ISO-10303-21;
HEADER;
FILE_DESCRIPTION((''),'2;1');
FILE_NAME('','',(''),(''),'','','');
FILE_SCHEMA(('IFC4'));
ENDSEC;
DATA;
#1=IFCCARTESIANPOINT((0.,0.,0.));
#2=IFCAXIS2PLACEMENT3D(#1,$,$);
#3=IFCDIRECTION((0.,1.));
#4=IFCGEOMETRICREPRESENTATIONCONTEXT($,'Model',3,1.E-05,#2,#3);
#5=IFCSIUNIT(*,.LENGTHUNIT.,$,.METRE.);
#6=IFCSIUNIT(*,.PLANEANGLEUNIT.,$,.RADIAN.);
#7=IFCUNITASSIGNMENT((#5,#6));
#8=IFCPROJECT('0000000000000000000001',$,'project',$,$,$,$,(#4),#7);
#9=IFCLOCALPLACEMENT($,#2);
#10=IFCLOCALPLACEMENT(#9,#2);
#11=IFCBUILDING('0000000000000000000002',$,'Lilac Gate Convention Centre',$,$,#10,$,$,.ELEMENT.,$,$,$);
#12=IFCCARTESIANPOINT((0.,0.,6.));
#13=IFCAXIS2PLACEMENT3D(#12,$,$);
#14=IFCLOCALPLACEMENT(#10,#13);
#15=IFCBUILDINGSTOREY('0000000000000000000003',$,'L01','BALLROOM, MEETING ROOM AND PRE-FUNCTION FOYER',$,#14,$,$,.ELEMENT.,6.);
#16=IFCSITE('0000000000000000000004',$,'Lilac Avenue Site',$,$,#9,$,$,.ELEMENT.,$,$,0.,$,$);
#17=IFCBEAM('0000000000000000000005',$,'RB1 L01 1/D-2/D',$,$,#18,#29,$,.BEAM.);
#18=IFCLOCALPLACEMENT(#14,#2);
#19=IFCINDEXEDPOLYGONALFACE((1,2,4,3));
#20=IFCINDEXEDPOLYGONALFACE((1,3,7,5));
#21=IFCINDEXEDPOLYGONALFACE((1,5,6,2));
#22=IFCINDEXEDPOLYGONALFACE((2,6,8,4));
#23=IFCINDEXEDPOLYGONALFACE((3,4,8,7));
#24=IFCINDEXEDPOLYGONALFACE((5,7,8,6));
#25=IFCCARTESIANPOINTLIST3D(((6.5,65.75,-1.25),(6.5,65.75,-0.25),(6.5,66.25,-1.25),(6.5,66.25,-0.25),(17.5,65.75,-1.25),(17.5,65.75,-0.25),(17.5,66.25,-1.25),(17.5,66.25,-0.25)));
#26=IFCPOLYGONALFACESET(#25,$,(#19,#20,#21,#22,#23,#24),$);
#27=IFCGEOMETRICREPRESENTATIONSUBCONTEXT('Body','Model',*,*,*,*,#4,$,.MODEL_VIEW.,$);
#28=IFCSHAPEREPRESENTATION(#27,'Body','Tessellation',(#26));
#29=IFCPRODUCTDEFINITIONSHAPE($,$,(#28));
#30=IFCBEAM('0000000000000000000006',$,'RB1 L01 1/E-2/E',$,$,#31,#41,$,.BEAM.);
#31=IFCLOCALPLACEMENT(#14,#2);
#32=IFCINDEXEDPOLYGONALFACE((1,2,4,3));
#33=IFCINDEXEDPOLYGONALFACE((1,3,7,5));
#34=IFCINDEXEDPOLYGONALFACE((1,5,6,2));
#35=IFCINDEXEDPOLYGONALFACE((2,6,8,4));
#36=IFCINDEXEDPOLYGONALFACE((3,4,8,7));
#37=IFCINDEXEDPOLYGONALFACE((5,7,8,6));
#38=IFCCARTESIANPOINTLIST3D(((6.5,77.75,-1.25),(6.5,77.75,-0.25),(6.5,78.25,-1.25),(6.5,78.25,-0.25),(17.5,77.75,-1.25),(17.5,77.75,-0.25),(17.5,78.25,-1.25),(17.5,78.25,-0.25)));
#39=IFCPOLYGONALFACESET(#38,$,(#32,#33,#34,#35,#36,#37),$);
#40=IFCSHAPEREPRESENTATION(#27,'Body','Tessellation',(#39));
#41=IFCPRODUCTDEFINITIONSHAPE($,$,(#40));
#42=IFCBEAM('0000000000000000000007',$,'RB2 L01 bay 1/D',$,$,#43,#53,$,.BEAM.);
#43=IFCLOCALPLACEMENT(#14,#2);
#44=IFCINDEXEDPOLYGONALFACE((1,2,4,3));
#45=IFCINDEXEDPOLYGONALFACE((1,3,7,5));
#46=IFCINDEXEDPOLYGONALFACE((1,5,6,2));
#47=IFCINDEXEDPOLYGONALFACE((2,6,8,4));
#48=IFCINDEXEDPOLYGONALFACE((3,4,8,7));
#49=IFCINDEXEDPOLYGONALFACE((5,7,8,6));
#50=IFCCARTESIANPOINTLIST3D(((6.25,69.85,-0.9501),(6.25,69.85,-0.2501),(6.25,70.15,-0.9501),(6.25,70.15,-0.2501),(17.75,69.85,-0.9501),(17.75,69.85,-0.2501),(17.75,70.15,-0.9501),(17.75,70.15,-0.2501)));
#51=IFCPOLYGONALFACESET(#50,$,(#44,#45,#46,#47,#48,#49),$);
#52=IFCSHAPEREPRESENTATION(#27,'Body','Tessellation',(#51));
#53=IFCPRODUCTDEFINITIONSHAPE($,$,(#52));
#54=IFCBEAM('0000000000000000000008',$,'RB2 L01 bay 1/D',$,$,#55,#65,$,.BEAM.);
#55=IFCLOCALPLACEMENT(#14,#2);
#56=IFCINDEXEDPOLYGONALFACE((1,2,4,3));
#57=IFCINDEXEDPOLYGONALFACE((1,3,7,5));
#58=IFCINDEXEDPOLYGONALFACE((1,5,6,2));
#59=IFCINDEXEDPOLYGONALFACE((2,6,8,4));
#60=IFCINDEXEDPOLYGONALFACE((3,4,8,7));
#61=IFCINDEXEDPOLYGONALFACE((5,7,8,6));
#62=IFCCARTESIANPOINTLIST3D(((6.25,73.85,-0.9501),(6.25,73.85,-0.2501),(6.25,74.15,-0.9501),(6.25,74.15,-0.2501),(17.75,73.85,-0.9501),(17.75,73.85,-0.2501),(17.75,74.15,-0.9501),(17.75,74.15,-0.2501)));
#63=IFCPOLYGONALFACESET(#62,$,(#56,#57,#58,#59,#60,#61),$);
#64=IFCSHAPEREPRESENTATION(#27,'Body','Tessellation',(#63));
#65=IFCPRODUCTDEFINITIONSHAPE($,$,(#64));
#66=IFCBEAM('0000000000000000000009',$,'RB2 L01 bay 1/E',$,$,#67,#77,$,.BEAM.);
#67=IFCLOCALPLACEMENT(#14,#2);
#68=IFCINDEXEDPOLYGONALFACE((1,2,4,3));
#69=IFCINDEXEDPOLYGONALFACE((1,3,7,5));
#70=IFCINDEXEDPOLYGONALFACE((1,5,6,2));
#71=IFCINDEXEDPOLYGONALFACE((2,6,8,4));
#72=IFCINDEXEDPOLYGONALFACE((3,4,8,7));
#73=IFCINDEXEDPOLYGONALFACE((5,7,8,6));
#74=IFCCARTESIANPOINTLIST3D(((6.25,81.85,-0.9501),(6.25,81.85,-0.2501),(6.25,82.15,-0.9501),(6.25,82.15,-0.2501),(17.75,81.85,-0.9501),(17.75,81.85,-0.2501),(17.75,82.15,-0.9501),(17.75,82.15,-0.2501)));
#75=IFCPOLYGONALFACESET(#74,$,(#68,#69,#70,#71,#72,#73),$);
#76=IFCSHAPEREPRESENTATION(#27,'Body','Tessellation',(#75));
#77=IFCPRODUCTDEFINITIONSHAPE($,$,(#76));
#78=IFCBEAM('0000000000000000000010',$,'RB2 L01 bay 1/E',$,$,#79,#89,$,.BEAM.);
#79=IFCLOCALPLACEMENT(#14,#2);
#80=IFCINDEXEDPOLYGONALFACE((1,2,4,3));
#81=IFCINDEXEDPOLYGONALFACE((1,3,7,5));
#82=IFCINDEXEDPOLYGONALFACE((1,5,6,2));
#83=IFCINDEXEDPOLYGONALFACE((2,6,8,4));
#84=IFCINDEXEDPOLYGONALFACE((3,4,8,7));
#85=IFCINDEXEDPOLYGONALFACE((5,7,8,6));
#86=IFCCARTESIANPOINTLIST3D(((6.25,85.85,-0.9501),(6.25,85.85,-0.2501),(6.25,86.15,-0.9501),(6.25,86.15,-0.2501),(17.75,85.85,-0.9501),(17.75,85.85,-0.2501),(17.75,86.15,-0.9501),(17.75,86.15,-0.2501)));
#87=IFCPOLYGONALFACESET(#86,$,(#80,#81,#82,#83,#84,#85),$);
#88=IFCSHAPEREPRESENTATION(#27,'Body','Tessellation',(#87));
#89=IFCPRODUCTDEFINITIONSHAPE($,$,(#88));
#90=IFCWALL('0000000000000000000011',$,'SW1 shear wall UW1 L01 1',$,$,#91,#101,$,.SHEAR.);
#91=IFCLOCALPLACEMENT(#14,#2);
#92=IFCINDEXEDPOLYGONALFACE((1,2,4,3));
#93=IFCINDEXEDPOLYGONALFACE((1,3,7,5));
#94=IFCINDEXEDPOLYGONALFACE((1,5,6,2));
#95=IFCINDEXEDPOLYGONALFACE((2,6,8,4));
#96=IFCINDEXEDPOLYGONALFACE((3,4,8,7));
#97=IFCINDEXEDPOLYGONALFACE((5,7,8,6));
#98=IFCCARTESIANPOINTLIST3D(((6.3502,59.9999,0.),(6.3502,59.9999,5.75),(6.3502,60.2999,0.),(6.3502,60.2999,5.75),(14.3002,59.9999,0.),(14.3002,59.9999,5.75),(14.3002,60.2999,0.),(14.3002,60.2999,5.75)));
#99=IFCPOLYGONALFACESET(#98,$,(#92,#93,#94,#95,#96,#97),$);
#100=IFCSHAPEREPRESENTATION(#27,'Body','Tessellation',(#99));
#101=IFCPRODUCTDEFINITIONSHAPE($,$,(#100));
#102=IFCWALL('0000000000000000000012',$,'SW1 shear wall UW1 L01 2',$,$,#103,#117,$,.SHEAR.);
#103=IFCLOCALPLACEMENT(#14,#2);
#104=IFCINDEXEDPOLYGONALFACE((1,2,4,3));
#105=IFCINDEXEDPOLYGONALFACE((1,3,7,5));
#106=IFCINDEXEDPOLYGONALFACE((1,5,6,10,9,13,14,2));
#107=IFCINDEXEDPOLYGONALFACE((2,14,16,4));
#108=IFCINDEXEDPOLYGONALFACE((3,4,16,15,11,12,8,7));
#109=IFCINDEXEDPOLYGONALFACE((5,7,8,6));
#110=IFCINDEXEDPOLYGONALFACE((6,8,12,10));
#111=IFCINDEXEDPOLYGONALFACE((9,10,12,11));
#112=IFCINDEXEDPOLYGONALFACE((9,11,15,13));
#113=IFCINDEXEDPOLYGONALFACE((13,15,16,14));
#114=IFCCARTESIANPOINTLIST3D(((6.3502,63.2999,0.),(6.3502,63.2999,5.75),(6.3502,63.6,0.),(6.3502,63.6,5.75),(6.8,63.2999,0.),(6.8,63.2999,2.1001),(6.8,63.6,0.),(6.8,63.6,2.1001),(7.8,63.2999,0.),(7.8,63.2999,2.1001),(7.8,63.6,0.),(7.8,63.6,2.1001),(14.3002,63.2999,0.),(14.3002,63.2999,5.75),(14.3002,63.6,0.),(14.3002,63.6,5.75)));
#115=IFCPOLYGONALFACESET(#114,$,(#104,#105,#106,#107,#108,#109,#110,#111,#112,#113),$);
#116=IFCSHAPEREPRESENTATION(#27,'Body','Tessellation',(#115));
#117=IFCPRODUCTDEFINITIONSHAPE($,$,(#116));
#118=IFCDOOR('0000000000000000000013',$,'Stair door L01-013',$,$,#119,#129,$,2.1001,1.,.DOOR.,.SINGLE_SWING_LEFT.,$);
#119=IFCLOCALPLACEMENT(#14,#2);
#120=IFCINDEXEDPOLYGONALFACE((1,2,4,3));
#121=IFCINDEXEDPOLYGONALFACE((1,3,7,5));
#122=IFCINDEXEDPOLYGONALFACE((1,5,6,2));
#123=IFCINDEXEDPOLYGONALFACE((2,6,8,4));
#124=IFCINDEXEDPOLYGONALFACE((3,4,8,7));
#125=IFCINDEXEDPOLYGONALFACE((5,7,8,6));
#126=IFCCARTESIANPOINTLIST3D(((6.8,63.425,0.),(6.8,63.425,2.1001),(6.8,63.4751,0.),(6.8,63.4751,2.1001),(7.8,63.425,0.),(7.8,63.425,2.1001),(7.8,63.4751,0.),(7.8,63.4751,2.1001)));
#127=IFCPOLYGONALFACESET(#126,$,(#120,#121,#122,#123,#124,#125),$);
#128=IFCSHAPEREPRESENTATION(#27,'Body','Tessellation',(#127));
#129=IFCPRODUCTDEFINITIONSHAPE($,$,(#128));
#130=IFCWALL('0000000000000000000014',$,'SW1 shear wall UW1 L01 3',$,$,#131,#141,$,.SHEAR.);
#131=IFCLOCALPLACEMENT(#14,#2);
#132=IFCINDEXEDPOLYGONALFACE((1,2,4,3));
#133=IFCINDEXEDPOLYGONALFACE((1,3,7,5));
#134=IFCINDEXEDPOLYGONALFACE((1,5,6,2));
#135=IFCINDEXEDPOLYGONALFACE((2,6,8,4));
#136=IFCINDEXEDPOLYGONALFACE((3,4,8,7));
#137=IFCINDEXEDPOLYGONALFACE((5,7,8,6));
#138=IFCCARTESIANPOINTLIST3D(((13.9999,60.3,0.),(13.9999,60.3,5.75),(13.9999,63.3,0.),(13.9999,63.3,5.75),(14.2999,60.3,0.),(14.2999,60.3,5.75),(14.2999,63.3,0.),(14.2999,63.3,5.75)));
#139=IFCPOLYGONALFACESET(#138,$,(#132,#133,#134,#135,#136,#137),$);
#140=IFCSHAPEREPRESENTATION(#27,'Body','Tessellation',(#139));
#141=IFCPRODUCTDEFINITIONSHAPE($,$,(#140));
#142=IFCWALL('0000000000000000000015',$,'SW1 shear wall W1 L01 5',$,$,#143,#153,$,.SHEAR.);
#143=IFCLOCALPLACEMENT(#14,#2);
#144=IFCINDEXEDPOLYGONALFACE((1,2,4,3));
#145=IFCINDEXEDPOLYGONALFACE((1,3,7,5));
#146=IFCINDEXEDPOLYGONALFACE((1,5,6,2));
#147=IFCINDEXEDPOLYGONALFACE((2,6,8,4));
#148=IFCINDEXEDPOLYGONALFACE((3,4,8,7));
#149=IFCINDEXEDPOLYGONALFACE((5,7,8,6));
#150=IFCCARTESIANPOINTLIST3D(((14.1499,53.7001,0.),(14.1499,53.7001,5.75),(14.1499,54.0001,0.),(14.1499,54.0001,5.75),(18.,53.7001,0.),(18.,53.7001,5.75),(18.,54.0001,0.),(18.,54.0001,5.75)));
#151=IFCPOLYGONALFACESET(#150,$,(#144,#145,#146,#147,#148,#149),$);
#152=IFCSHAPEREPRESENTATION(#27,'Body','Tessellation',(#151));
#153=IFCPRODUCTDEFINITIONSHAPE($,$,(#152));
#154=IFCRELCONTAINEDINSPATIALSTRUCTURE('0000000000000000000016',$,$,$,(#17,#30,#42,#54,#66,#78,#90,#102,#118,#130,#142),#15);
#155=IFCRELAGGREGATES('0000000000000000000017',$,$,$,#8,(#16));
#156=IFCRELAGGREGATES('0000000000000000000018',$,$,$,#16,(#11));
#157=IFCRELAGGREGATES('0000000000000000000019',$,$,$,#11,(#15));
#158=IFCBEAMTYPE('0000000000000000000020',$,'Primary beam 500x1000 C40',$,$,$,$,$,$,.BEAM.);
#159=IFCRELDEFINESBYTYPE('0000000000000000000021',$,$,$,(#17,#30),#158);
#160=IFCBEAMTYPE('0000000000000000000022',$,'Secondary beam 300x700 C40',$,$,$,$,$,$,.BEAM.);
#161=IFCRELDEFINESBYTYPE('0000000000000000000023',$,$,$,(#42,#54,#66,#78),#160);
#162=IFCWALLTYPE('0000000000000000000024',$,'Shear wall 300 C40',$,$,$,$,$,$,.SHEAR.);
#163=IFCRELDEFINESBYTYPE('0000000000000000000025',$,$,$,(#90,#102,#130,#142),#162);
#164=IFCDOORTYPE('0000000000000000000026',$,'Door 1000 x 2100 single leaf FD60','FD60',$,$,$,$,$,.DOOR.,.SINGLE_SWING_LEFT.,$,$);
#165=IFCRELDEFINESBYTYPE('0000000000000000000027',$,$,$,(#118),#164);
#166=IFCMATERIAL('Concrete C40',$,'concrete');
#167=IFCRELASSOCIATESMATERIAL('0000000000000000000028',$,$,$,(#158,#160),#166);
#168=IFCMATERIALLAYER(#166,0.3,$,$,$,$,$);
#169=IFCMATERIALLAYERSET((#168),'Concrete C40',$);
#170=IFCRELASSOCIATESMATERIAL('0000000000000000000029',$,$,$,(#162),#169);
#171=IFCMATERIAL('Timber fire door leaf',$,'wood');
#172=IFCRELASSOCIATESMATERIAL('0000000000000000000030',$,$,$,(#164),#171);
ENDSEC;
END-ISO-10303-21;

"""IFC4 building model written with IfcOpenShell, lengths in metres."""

from ifc_helpers import new_model, si_unit, direction, frame, frame_2d, origin, origin_2d, place, context, subcontext, project, spatial, rectangle, extrude, material, layer, layer_set, material_profile, profile_set, type_object, element, fill, save


model = new_model("IFC4")

# Units and contexts
model_context = context("Model", 3, precision=1e-05, world=origin(), true_north=direction((0.0, 1.0)))
body_context = subcontext(model_context, "Body", "Model", "MODEL_VIEW")
ifc_project = project(units=[si_unit("LENGTHUNIT", "METRE"), si_unit("PLANEANGLEUNIT", "RADIAN")], contexts=[model_context])

# Site, building, storey
site_placement = place(None, origin())
site = spatial("IfcSite", under=ifc_project, at=site_placement, Name="Lilac Avenue Site", CompositionType="ELEMENT", RefElevation=0.0)
building_placement = place(site_placement, origin())
building = spatial("IfcBuilding", under=site, at=building_placement, Name="Lilac Gate Convention Centre", CompositionType="ELEMENT")
storey_placement = place(building_placement, frame((0.0, 0.0, 6.0)))
storey = spatial("IfcBuildingStorey", under=building, at=storey_placement, Name="L01", Description="BALLROOM, MEETING ROOM AND PRE-FUNCTION FOYER", CompositionType="ELEMENT", Elevation=6.0)

# Beams
ifc_material_1 = material(Name="Concrete C40", Category="concrete")
ifc_material_profile_1 = material_profile(ifc_material_1, rectangle(XDim=0.5, YDim=1.0, at=origin_2d()), Name="RC 500x1000")
ifc_profile_set_1 = profile_set([ifc_material_profile_1], Name="Concrete C40")
beam_type_1 = type_object("IfcBeamType", Name="Primary beam 500x1000 C40", PredefinedType="BEAM", material=ifc_profile_set_1)
for number, where, z_axis, x_axis, name in (
    (1, (6.5, 66.0, -0.75), (1.0, 0.0, 0.0), (0.0, 1.0, 0.0), "RB1 L01 1/D-2/D"),
    (2, (6.5, 78.0, -0.75), (1.0, 0.0, 0.0), (0.0, 1.0, 0.0), "RB1 L01 1/E-2/E"),
):
    element("IfcBeam", number, at=place(storey_placement, frame(where, z_axis=z_axis, x_axis=x_axis)), inside=storey, type_object=beam_type_1, Name=name, PredefinedType="BEAM", context=body_context, shape_type="SweptSolid", body=[
        extrude(rectangle(XDim=0.5, YDim=1.0, at=origin_2d()), origin(), (0.0, 0.0, 1.0), 11.0),
    ])
ifc_material_profile_2 = material_profile(ifc_material_1, rectangle(XDim=0.3, YDim=0.7, at=origin_2d()), Name="RC 300x700")
ifc_profile_set_2 = profile_set([ifc_material_profile_2], Name="Concrete C40")
beam_type_2 = type_object("IfcBeamType", Name="Secondary beam 300x700 C40", PredefinedType="BEAM", material=ifc_profile_set_2)
for number, where, z_axis, x_axis, name in (
    (3, (6.25, 70.0, -0.6001), (1.0, 0.0, 0.0), (0.0, 1.0, 0.0), "RB2 L01 bay 1/D"),
    (4, (6.25, 74.0, -0.6001), (1.0, 0.0, 0.0), (0.0, 1.0, 0.0), "RB2 L01 bay 1/D"),
    (5, (6.25, 82.0, -0.6001), (1.0, 0.0, 0.0), (0.0, 1.0, 0.0), "RB2 L01 bay 1/E"),
    (6, (6.25, 86.0, -0.6001), (1.0, 0.0, 0.0), (0.0, 1.0, 0.0), "RB2 L01 bay 1/E"),
):
    element("IfcBeam", number, at=place(storey_placement, frame(where, z_axis=z_axis, x_axis=x_axis)), inside=storey, type_object=beam_type_2, Name=name, PredefinedType="BEAM", context=body_context, shape_type="SweptSolid", body=[
        extrude(rectangle(XDim=0.3, YDim=0.7, at=origin_2d()), origin(), (0.0, 0.0, 1.0), 11.5),
    ])

# Wall
ifc_layer = layer(ifc_material_1, 0.3)
ifc_layer_set = layer_set([ifc_layer], Name="Concrete C40")
wall_type = type_object("IfcWallType", Name="Shear wall 300 C40", PredefinedType="SHEAR", material=ifc_layer_set)
wall_1_placement = place(storey_placement, frame((6.3501, 60.1499, 0.0), z_axis=(0.0, 0.0, 1.0), x_axis=(1.0, 0.0, 0.0)))
element("IfcWall", 7, at=wall_1_placement, inside=storey, type_object=wall_type, Name="SW1 shear wall UW1 L01 1", PredefinedType="SHEAR", context=body_context, shape_type="SweptSolid", body=[
    extrude(rectangle(XDim=7.95, YDim=0.3, at=frame_2d((3.9751, 0.0))), origin(), (0.0, 0.0, 1.0), 5.75),
])

# Wall, opening, door
wall_2_placement = place(storey_placement, frame((6.3501, 63.45, 0.0), z_axis=(0.0, 0.0, 1.0), x_axis=(1.0, 0.0, 0.0)))
wall_2 = element("IfcWall", 8, at=wall_2_placement, inside=storey, type_object=wall_type, Name="SW1 shear wall UW1 L01 2", PredefinedType="SHEAR", context=body_context, shape_type="SweptSolid", body=[
    extrude(rectangle(XDim=7.95, YDim=0.3, at=frame_2d((3.9751, 0.0))), origin(), (0.0, 0.0, 1.0), 5.75),
])
opening_placement = place(wall_2_placement, frame((0.45, 0.0, 0.0)))
opening = element("IfcOpeningElement", 9, at=opening_placement, cuts=wall_2, PredefinedType="OPENING", context=body_context, shape_type="SweptSolid", body=[
    extrude(rectangle(XDim=1.0, YDim=2.1001, at=frame_2d((0.5, 1.05))), frame((0.0, 0.1599, 0.0), z_axis=(0.0, -1.0, 0.0), x_axis=(1.0, 0.0, 0.0)), (0.0, 0.0, 1.0), 0.3201),
])
ifc_material_2 = material(Name="Timber fire door leaf", Category="wood")
door_type = type_object("IfcDoorType", Name="Door 1000 x 2100 single leaf FD60", Description="FD60", OperationType="SINGLE_SWING_LEFT", PredefinedType="DOOR", material=ifc_material_2)
door_placement = place(opening_placement, frame((1.0, 0.0, 0.0), z_axis=(0.0, 0.0, 1.0), x_axis=(-1.0, 0.0, 0.0)))
door = element("IfcDoor", 10, at=door_placement, inside=storey, type_object=door_type, Name="Stair door L01-013", OperationType="SINGLE_SWING_LEFT", OverallHeight=2.1001, OverallWidth=1.0, PredefinedType="DOOR", context=body_context, shape_type="SweptSolid", body=[
    extrude(rectangle(XDim=1.0, YDim=2.1001, at=frame_2d((0.5, 1.05))), frame((0.0, 0.0249, 0.0), z_axis=(0.0, -1.0, 0.0), x_axis=(1.0, 0.0, 0.0)), (0.0, 0.0, 1.0), 0.05),
])
fill(opening, door)

# Walls
wall_3_placement = place(storey_placement, frame((14.1499, 60.3, 0.0), z_axis=(0.0, 0.0, 1.0), x_axis=(0.0, 1.0, 0.0)))
element("IfcWall", 11, at=wall_3_placement, inside=storey, type_object=wall_type, Name="SW1 shear wall UW1 L01 3", PredefinedType="SHEAR", context=body_context, shape_type="SweptSolid", body=[
    extrude(rectangle(XDim=3.0, YDim=0.3, at=frame_2d((1.5, 0.0))), origin(), (0.0, 0.0, 1.0), 5.75),
])
wall_4_placement = place(storey_placement, frame((14.1499, 53.8501, 0.0), z_axis=(0.0, 0.0, 1.0), x_axis=(1.0, 0.0, 0.0)))
element("IfcWall", 12, at=wall_4_placement, inside=storey, type_object=wall_type, Name="SW1 shear wall W1 L01 5", PredefinedType="SHEAR", context=body_context, shape_type="SweptSolid", body=[
    extrude(rectangle(XDim=3.8501, YDim=0.3, at=frame_2d((1.925, 0.0))), origin(), (0.0, 0.0, 1.0), 5.75),
])

save(model, "model.ifc")
